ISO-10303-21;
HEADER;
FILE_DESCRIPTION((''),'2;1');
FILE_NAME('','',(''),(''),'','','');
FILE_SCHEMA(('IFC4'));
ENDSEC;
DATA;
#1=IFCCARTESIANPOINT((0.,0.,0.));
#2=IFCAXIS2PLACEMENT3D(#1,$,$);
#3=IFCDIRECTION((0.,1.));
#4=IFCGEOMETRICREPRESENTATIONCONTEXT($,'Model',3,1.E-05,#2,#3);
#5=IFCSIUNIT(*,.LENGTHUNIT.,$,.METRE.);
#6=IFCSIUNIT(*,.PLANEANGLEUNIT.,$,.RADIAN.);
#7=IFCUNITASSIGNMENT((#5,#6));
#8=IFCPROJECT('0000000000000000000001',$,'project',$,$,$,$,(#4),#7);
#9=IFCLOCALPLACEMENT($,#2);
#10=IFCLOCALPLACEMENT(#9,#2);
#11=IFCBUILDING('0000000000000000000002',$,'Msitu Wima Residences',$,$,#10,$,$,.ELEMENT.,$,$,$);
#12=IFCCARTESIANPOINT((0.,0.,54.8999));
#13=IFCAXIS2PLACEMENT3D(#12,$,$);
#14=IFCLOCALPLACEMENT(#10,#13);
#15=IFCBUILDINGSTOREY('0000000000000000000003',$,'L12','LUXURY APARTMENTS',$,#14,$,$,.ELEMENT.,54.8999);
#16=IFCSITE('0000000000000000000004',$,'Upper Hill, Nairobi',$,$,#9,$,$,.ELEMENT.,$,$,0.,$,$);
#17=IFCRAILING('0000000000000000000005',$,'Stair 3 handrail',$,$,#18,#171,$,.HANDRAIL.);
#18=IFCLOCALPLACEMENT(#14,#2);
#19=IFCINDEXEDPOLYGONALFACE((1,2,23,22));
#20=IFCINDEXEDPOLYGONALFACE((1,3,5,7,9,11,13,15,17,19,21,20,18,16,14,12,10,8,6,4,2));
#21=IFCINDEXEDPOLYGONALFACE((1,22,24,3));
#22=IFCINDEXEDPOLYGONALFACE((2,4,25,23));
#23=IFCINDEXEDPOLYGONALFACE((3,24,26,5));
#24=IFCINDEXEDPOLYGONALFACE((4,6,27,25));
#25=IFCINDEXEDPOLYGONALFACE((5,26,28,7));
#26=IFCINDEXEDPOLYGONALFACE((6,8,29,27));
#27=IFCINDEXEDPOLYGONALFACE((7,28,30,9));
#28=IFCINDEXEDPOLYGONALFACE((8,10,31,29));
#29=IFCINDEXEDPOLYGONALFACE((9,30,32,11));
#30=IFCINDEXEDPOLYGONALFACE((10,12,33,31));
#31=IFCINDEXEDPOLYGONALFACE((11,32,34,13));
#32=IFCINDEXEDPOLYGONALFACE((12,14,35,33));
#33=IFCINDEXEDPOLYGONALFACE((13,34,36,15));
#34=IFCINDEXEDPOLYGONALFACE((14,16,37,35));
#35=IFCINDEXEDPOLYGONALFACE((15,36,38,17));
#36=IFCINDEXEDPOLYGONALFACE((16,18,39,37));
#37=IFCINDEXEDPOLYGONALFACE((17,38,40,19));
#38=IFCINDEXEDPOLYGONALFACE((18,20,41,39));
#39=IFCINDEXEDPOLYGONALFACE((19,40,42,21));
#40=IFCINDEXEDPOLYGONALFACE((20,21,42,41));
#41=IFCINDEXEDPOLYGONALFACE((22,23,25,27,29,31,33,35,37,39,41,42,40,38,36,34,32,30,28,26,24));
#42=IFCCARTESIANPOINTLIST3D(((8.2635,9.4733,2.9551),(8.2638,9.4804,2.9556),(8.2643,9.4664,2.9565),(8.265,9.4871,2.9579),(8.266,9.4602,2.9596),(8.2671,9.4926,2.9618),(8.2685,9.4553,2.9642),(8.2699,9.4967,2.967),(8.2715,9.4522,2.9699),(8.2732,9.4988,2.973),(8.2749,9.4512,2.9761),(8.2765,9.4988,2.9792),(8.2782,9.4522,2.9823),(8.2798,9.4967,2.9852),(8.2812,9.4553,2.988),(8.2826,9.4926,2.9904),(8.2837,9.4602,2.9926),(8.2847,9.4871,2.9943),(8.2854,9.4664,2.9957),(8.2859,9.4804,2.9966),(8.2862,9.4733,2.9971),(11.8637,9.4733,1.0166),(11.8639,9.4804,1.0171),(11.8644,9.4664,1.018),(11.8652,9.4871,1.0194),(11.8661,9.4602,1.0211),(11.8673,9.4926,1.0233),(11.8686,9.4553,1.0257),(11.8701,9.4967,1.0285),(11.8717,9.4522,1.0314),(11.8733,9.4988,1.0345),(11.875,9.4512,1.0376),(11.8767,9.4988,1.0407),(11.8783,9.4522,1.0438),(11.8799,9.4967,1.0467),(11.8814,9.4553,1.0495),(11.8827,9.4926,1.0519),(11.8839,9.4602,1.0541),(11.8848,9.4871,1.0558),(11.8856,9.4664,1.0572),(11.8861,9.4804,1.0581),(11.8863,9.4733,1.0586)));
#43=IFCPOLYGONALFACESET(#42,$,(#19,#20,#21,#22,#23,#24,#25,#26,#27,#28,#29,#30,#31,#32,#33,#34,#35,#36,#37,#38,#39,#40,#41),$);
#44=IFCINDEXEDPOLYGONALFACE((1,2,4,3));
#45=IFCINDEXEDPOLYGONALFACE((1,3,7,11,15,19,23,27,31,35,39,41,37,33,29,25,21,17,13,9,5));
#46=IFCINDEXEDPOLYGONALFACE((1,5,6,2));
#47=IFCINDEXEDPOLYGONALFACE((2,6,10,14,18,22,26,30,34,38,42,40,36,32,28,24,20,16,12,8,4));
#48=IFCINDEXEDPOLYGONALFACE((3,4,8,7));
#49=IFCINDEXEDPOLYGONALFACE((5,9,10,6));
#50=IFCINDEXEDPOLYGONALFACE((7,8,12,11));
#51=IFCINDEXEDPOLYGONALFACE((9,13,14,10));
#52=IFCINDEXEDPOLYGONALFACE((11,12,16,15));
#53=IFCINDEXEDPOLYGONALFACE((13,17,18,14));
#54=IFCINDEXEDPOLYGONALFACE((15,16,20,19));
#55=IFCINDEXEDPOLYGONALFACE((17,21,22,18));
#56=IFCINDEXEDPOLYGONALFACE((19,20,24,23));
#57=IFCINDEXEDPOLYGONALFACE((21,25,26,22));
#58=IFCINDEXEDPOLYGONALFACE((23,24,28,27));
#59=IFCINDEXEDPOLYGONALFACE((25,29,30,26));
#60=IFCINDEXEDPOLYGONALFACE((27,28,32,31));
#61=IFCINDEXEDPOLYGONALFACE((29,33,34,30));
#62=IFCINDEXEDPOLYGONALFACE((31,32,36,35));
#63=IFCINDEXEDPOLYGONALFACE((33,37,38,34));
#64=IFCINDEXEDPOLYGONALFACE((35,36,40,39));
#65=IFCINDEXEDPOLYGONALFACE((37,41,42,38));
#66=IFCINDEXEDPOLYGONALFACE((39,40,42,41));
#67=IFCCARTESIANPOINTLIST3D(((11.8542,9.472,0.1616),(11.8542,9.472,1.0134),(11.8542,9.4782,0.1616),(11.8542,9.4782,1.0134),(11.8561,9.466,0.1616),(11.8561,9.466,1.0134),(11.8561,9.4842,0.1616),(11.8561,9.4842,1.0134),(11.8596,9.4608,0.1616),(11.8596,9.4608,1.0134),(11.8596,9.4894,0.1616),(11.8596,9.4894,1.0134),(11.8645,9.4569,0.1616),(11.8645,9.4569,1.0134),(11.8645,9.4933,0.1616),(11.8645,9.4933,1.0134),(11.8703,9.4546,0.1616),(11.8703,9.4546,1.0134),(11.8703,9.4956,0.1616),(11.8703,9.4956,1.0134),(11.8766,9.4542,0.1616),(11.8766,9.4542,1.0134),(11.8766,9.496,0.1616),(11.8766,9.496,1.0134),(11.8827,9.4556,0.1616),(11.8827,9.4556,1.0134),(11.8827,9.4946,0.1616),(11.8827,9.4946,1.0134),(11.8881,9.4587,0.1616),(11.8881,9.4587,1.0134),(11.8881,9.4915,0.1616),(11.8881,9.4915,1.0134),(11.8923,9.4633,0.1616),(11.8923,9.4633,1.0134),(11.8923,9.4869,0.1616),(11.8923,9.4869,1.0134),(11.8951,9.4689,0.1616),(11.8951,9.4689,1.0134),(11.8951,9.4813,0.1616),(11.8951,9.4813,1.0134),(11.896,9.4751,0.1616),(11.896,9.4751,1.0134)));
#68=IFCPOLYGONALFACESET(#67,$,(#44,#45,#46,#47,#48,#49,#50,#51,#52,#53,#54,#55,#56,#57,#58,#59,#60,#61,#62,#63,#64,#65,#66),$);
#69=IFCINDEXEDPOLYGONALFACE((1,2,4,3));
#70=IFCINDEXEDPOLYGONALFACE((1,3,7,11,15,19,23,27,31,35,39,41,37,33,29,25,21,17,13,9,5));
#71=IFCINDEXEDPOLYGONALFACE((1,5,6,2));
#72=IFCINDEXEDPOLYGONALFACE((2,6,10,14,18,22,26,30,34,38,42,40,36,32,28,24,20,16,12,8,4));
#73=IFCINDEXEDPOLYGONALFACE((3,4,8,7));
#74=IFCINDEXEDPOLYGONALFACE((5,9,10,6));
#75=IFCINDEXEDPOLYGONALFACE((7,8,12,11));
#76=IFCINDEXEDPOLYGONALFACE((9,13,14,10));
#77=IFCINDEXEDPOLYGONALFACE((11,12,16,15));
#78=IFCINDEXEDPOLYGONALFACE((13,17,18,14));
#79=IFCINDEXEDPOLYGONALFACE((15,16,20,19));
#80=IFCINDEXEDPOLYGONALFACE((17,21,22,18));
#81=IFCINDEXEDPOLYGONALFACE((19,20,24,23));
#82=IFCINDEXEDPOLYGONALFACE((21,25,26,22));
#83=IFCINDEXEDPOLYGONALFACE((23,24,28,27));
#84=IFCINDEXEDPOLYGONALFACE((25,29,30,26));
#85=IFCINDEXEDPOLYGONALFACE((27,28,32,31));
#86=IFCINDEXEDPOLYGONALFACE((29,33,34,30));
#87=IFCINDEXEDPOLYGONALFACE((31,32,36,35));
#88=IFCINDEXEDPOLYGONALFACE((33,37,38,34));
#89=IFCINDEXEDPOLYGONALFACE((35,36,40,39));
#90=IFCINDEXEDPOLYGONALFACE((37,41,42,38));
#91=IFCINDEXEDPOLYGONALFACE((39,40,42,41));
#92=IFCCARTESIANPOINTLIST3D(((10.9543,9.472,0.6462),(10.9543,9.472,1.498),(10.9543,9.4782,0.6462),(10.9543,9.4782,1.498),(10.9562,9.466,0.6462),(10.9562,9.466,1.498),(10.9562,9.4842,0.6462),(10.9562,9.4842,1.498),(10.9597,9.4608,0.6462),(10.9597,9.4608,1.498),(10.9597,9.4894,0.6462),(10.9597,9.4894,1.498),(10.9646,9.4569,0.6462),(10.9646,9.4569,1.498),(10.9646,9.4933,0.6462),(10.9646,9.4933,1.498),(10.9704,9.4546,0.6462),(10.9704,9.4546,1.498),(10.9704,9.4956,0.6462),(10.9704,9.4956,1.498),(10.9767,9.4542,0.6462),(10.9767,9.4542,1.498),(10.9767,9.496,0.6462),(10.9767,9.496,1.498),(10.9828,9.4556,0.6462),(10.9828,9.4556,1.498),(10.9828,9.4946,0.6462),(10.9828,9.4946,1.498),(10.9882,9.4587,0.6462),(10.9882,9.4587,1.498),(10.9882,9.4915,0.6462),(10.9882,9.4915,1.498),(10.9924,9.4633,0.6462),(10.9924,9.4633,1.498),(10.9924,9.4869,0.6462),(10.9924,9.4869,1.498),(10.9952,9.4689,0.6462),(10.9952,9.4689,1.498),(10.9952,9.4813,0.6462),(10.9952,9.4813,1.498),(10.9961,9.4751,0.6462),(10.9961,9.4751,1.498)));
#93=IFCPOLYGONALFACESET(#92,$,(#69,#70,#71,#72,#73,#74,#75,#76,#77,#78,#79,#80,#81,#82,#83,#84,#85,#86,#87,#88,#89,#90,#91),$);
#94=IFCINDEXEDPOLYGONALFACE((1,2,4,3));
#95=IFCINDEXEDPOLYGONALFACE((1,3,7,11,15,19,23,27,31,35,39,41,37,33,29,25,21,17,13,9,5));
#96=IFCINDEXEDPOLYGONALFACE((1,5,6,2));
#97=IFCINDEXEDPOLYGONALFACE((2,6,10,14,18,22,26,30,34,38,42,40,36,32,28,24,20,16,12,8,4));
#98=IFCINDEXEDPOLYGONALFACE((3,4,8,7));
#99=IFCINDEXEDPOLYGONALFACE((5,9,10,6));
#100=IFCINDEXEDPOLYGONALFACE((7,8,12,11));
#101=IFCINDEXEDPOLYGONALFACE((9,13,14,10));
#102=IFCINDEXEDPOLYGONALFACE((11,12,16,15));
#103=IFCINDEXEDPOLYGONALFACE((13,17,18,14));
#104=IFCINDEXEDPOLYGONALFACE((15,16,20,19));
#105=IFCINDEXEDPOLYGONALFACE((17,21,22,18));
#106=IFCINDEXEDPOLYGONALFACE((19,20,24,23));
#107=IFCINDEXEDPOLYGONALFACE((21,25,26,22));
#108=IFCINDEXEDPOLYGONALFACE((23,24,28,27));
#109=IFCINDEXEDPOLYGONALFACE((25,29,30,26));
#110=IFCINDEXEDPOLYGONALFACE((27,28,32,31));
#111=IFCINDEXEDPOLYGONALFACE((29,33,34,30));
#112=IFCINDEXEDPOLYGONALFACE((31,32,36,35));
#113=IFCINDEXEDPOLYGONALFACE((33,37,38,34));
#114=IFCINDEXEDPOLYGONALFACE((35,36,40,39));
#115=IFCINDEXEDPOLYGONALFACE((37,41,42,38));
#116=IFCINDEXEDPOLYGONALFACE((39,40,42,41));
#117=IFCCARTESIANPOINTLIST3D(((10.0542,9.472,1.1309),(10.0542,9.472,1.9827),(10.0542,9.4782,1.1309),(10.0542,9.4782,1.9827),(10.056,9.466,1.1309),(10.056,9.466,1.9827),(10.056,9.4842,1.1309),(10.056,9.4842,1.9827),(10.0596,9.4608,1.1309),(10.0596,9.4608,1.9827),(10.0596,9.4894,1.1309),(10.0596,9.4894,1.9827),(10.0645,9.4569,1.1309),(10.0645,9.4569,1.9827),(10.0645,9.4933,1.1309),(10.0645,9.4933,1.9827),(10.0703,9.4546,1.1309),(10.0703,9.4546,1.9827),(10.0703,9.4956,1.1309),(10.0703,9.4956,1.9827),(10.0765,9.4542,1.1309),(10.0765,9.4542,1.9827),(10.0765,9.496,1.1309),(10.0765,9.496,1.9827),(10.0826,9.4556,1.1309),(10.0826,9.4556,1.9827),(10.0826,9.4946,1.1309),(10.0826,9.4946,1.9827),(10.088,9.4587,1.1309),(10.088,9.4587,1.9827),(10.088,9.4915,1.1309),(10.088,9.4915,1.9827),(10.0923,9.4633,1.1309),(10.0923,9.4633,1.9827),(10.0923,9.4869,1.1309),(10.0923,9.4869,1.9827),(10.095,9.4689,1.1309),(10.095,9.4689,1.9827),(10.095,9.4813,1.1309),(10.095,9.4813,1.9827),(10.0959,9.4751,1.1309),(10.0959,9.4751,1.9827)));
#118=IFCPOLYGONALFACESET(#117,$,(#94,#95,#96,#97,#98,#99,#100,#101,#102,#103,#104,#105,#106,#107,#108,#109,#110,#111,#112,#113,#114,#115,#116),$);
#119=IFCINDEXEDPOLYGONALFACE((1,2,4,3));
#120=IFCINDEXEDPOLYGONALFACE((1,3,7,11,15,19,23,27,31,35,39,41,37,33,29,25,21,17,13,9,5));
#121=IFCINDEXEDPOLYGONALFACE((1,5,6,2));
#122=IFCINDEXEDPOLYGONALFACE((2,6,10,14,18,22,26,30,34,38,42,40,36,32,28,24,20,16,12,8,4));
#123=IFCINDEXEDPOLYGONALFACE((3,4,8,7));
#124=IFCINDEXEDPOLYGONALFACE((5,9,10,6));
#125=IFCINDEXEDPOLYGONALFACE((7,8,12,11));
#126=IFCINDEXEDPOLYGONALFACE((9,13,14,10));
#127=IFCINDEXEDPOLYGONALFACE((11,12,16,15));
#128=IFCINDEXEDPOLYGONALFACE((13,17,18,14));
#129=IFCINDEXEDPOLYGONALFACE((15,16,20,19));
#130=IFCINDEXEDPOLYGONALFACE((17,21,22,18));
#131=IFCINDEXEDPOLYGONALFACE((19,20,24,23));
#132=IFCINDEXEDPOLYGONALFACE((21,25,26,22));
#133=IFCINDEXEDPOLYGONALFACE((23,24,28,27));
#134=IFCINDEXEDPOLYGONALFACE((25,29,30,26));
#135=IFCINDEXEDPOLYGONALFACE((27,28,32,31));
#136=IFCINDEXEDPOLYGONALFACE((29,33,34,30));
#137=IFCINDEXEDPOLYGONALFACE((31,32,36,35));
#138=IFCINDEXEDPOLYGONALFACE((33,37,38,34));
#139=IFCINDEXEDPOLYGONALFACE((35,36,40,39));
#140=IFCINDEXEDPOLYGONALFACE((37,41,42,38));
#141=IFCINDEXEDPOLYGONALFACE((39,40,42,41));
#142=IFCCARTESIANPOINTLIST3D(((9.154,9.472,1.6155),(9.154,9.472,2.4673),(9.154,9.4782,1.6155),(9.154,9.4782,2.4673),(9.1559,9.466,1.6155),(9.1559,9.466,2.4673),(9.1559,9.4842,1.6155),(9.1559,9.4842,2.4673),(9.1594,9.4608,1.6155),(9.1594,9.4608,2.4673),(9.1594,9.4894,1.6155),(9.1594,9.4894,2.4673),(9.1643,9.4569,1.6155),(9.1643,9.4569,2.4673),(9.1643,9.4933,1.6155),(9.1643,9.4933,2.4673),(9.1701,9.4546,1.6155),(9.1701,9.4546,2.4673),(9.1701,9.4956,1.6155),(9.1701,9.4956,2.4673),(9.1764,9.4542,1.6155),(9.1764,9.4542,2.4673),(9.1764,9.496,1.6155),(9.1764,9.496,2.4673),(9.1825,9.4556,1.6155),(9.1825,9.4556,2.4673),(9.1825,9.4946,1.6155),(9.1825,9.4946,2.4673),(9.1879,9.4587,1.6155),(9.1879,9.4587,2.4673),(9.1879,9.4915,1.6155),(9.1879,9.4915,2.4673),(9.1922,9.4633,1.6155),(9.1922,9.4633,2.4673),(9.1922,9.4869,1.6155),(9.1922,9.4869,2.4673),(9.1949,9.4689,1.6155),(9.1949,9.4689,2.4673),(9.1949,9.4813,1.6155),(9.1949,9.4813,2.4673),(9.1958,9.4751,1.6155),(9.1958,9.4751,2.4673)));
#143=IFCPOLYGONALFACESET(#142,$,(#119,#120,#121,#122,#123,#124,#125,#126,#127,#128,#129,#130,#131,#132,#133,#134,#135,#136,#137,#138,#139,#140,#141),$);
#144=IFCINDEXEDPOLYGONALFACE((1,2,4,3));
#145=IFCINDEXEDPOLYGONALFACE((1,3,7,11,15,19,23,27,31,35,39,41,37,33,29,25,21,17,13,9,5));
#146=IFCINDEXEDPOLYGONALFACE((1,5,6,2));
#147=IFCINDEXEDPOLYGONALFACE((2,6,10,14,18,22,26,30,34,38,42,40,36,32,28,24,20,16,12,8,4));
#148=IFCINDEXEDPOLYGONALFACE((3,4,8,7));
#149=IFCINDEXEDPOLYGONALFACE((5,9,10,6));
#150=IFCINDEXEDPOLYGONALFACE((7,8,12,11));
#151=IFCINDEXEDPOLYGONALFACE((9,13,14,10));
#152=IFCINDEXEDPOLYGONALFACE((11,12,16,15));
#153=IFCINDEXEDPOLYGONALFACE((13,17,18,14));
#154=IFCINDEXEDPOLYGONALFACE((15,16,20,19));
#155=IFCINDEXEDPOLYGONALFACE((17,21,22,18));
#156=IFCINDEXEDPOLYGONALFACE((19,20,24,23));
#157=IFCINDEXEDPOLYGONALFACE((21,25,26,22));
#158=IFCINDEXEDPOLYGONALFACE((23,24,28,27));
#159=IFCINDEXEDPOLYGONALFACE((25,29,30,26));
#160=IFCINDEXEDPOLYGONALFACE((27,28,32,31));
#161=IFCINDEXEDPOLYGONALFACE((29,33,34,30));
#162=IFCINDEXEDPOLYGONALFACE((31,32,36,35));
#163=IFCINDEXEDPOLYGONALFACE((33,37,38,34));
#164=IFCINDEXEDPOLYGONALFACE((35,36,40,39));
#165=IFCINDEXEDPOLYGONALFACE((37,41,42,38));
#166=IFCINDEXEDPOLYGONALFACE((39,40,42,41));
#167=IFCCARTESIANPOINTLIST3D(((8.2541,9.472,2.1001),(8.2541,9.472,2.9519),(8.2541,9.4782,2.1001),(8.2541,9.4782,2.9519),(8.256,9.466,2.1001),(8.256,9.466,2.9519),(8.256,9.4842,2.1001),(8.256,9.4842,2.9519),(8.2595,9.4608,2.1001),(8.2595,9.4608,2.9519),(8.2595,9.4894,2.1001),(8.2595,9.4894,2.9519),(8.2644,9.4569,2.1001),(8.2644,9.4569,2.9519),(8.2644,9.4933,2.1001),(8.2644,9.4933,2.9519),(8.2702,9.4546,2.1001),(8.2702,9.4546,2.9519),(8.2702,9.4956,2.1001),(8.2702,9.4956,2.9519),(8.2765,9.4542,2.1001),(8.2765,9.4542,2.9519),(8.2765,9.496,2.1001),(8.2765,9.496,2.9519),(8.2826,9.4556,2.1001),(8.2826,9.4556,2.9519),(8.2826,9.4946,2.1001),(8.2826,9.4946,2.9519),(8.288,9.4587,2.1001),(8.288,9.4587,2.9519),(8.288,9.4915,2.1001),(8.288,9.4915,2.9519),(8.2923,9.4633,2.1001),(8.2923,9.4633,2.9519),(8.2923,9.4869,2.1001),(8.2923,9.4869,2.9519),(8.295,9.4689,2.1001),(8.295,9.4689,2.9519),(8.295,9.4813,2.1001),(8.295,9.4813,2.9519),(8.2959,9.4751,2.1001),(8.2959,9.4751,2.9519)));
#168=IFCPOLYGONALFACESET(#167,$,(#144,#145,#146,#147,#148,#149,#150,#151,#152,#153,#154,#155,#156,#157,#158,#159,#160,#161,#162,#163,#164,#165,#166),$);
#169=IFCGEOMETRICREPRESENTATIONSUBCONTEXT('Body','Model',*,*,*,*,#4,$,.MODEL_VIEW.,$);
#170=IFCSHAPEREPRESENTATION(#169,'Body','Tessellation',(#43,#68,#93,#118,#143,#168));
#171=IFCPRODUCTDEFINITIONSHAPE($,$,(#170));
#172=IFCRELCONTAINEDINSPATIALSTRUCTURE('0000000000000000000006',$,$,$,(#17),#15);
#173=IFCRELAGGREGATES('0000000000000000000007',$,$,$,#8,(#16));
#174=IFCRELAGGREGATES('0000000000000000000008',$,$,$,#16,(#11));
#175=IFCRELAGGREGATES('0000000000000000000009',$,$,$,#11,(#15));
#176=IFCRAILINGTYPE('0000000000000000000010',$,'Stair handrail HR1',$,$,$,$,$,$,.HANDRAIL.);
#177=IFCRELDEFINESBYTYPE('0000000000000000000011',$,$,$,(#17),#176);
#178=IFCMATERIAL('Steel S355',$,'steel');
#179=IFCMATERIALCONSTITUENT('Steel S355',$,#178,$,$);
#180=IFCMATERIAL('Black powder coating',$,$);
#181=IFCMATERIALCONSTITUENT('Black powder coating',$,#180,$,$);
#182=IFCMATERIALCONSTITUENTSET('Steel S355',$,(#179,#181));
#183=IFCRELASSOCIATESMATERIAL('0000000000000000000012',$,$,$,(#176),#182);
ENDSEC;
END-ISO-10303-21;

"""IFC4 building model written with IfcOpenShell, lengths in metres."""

from ifc_helpers import new_model, si_unit, direction, frame, origin, origin_2d, place, context, subcontext, project, spatial, circle, extrude, material, constituent, constituent_set, type_object, element, save


model = new_model("IFC4")

# Units and contexts
model_context = context("Model", 3, precision=1e-05, world=origin(), true_north=direction((0.0, 1.0)))
body_context = subcontext(model_context, "Body", "Model", "MODEL_VIEW")
ifc_project = project(units=[si_unit("LENGTHUNIT", "METRE"), si_unit("PLANEANGLEUNIT", "RADIAN")], contexts=[model_context])

# Site, building, storey
site_placement = place(None, origin())
site = spatial("IfcSite", under=ifc_project, at=site_placement, Name="Upper Hill, Nairobi", CompositionType="ELEMENT", RefElevation=0.0)
building_placement = place(site_placement, origin())
building = spatial("IfcBuilding", under=site, at=building_placement, Name="Msitu Wima Residences", CompositionType="ELEMENT")
storey_placement = place(building_placement, frame((0.0, 0.0, 54.8999)))
storey = spatial("IfcBuildingStorey", under=building, at=storey_placement, Name="L12", Description="LUXURY APARTMENTS", CompositionType="ELEMENT", Elevation=54.8999)

# Railing
ifc_material_1 = material(Name="Steel S355", Category="steel")
ifc_constituent_1 = constituent(ifc_material_1, Name="Steel S355")
ifc_material_2 = material(Name="Black powder coating")
ifc_constituent_2 = constituent(ifc_material_2, Name="Black powder coating")
ifc_constituent_set = constituent_set(constituents=[ifc_constituent_1, ifc_constituent_2], Name="Steel S355")
railing_type = type_object("IfcRailingType", Name="Stair handrail HR1", PredefinedType="HANDRAIL", material=ifc_constituent_set)
for number, where, name in (
    (1, (11.875, 9.4751, 0.1616), "Stair 3 handrail"),
):
    element("IfcRailing", number, at=place(storey_placement, frame(where)), inside=storey, type_object=railing_type, Name=name, PredefinedType="HANDRAIL", context=body_context, shape_type="SweptSolid", body=[
        extrude(circle(Radius=0.0239, at=origin_2d()), frame((0.0, 0.0, 0.876), z_axis=(-0.880475, 0.0, 0.474093), x_axis=(0.0, -1.0, 0.0)), (0.0, 0.0, 1.0), 4.0889),
        extrude(circle(Radius=0.021, at=origin_2d()), origin(), (0.0, 0.0, 1.0), 0.8518),
        extrude(circle(Radius=0.021, at=origin_2d()), frame((-0.8999, 0.0, 0.4846)), (0.0, 0.0, 1.0), 0.8518),
        extrude(circle(Radius=0.021, at=origin_2d()), frame((-1.8, 0.0, 0.9692)), (0.0, 0.0, 1.0), 0.8518),
        extrude(circle(Radius=0.021, at=origin_2d()), frame((-2.7002, 0.0, 1.4539)), (0.0, 0.0, 1.0), 0.8518),
        extrude(circle(Radius=0.021, at=origin_2d()), frame((-3.6001, 0.0, 1.9385)), (0.0, 0.0, 1.0), 0.8518),
    ])

save(model, "model.ifc")
